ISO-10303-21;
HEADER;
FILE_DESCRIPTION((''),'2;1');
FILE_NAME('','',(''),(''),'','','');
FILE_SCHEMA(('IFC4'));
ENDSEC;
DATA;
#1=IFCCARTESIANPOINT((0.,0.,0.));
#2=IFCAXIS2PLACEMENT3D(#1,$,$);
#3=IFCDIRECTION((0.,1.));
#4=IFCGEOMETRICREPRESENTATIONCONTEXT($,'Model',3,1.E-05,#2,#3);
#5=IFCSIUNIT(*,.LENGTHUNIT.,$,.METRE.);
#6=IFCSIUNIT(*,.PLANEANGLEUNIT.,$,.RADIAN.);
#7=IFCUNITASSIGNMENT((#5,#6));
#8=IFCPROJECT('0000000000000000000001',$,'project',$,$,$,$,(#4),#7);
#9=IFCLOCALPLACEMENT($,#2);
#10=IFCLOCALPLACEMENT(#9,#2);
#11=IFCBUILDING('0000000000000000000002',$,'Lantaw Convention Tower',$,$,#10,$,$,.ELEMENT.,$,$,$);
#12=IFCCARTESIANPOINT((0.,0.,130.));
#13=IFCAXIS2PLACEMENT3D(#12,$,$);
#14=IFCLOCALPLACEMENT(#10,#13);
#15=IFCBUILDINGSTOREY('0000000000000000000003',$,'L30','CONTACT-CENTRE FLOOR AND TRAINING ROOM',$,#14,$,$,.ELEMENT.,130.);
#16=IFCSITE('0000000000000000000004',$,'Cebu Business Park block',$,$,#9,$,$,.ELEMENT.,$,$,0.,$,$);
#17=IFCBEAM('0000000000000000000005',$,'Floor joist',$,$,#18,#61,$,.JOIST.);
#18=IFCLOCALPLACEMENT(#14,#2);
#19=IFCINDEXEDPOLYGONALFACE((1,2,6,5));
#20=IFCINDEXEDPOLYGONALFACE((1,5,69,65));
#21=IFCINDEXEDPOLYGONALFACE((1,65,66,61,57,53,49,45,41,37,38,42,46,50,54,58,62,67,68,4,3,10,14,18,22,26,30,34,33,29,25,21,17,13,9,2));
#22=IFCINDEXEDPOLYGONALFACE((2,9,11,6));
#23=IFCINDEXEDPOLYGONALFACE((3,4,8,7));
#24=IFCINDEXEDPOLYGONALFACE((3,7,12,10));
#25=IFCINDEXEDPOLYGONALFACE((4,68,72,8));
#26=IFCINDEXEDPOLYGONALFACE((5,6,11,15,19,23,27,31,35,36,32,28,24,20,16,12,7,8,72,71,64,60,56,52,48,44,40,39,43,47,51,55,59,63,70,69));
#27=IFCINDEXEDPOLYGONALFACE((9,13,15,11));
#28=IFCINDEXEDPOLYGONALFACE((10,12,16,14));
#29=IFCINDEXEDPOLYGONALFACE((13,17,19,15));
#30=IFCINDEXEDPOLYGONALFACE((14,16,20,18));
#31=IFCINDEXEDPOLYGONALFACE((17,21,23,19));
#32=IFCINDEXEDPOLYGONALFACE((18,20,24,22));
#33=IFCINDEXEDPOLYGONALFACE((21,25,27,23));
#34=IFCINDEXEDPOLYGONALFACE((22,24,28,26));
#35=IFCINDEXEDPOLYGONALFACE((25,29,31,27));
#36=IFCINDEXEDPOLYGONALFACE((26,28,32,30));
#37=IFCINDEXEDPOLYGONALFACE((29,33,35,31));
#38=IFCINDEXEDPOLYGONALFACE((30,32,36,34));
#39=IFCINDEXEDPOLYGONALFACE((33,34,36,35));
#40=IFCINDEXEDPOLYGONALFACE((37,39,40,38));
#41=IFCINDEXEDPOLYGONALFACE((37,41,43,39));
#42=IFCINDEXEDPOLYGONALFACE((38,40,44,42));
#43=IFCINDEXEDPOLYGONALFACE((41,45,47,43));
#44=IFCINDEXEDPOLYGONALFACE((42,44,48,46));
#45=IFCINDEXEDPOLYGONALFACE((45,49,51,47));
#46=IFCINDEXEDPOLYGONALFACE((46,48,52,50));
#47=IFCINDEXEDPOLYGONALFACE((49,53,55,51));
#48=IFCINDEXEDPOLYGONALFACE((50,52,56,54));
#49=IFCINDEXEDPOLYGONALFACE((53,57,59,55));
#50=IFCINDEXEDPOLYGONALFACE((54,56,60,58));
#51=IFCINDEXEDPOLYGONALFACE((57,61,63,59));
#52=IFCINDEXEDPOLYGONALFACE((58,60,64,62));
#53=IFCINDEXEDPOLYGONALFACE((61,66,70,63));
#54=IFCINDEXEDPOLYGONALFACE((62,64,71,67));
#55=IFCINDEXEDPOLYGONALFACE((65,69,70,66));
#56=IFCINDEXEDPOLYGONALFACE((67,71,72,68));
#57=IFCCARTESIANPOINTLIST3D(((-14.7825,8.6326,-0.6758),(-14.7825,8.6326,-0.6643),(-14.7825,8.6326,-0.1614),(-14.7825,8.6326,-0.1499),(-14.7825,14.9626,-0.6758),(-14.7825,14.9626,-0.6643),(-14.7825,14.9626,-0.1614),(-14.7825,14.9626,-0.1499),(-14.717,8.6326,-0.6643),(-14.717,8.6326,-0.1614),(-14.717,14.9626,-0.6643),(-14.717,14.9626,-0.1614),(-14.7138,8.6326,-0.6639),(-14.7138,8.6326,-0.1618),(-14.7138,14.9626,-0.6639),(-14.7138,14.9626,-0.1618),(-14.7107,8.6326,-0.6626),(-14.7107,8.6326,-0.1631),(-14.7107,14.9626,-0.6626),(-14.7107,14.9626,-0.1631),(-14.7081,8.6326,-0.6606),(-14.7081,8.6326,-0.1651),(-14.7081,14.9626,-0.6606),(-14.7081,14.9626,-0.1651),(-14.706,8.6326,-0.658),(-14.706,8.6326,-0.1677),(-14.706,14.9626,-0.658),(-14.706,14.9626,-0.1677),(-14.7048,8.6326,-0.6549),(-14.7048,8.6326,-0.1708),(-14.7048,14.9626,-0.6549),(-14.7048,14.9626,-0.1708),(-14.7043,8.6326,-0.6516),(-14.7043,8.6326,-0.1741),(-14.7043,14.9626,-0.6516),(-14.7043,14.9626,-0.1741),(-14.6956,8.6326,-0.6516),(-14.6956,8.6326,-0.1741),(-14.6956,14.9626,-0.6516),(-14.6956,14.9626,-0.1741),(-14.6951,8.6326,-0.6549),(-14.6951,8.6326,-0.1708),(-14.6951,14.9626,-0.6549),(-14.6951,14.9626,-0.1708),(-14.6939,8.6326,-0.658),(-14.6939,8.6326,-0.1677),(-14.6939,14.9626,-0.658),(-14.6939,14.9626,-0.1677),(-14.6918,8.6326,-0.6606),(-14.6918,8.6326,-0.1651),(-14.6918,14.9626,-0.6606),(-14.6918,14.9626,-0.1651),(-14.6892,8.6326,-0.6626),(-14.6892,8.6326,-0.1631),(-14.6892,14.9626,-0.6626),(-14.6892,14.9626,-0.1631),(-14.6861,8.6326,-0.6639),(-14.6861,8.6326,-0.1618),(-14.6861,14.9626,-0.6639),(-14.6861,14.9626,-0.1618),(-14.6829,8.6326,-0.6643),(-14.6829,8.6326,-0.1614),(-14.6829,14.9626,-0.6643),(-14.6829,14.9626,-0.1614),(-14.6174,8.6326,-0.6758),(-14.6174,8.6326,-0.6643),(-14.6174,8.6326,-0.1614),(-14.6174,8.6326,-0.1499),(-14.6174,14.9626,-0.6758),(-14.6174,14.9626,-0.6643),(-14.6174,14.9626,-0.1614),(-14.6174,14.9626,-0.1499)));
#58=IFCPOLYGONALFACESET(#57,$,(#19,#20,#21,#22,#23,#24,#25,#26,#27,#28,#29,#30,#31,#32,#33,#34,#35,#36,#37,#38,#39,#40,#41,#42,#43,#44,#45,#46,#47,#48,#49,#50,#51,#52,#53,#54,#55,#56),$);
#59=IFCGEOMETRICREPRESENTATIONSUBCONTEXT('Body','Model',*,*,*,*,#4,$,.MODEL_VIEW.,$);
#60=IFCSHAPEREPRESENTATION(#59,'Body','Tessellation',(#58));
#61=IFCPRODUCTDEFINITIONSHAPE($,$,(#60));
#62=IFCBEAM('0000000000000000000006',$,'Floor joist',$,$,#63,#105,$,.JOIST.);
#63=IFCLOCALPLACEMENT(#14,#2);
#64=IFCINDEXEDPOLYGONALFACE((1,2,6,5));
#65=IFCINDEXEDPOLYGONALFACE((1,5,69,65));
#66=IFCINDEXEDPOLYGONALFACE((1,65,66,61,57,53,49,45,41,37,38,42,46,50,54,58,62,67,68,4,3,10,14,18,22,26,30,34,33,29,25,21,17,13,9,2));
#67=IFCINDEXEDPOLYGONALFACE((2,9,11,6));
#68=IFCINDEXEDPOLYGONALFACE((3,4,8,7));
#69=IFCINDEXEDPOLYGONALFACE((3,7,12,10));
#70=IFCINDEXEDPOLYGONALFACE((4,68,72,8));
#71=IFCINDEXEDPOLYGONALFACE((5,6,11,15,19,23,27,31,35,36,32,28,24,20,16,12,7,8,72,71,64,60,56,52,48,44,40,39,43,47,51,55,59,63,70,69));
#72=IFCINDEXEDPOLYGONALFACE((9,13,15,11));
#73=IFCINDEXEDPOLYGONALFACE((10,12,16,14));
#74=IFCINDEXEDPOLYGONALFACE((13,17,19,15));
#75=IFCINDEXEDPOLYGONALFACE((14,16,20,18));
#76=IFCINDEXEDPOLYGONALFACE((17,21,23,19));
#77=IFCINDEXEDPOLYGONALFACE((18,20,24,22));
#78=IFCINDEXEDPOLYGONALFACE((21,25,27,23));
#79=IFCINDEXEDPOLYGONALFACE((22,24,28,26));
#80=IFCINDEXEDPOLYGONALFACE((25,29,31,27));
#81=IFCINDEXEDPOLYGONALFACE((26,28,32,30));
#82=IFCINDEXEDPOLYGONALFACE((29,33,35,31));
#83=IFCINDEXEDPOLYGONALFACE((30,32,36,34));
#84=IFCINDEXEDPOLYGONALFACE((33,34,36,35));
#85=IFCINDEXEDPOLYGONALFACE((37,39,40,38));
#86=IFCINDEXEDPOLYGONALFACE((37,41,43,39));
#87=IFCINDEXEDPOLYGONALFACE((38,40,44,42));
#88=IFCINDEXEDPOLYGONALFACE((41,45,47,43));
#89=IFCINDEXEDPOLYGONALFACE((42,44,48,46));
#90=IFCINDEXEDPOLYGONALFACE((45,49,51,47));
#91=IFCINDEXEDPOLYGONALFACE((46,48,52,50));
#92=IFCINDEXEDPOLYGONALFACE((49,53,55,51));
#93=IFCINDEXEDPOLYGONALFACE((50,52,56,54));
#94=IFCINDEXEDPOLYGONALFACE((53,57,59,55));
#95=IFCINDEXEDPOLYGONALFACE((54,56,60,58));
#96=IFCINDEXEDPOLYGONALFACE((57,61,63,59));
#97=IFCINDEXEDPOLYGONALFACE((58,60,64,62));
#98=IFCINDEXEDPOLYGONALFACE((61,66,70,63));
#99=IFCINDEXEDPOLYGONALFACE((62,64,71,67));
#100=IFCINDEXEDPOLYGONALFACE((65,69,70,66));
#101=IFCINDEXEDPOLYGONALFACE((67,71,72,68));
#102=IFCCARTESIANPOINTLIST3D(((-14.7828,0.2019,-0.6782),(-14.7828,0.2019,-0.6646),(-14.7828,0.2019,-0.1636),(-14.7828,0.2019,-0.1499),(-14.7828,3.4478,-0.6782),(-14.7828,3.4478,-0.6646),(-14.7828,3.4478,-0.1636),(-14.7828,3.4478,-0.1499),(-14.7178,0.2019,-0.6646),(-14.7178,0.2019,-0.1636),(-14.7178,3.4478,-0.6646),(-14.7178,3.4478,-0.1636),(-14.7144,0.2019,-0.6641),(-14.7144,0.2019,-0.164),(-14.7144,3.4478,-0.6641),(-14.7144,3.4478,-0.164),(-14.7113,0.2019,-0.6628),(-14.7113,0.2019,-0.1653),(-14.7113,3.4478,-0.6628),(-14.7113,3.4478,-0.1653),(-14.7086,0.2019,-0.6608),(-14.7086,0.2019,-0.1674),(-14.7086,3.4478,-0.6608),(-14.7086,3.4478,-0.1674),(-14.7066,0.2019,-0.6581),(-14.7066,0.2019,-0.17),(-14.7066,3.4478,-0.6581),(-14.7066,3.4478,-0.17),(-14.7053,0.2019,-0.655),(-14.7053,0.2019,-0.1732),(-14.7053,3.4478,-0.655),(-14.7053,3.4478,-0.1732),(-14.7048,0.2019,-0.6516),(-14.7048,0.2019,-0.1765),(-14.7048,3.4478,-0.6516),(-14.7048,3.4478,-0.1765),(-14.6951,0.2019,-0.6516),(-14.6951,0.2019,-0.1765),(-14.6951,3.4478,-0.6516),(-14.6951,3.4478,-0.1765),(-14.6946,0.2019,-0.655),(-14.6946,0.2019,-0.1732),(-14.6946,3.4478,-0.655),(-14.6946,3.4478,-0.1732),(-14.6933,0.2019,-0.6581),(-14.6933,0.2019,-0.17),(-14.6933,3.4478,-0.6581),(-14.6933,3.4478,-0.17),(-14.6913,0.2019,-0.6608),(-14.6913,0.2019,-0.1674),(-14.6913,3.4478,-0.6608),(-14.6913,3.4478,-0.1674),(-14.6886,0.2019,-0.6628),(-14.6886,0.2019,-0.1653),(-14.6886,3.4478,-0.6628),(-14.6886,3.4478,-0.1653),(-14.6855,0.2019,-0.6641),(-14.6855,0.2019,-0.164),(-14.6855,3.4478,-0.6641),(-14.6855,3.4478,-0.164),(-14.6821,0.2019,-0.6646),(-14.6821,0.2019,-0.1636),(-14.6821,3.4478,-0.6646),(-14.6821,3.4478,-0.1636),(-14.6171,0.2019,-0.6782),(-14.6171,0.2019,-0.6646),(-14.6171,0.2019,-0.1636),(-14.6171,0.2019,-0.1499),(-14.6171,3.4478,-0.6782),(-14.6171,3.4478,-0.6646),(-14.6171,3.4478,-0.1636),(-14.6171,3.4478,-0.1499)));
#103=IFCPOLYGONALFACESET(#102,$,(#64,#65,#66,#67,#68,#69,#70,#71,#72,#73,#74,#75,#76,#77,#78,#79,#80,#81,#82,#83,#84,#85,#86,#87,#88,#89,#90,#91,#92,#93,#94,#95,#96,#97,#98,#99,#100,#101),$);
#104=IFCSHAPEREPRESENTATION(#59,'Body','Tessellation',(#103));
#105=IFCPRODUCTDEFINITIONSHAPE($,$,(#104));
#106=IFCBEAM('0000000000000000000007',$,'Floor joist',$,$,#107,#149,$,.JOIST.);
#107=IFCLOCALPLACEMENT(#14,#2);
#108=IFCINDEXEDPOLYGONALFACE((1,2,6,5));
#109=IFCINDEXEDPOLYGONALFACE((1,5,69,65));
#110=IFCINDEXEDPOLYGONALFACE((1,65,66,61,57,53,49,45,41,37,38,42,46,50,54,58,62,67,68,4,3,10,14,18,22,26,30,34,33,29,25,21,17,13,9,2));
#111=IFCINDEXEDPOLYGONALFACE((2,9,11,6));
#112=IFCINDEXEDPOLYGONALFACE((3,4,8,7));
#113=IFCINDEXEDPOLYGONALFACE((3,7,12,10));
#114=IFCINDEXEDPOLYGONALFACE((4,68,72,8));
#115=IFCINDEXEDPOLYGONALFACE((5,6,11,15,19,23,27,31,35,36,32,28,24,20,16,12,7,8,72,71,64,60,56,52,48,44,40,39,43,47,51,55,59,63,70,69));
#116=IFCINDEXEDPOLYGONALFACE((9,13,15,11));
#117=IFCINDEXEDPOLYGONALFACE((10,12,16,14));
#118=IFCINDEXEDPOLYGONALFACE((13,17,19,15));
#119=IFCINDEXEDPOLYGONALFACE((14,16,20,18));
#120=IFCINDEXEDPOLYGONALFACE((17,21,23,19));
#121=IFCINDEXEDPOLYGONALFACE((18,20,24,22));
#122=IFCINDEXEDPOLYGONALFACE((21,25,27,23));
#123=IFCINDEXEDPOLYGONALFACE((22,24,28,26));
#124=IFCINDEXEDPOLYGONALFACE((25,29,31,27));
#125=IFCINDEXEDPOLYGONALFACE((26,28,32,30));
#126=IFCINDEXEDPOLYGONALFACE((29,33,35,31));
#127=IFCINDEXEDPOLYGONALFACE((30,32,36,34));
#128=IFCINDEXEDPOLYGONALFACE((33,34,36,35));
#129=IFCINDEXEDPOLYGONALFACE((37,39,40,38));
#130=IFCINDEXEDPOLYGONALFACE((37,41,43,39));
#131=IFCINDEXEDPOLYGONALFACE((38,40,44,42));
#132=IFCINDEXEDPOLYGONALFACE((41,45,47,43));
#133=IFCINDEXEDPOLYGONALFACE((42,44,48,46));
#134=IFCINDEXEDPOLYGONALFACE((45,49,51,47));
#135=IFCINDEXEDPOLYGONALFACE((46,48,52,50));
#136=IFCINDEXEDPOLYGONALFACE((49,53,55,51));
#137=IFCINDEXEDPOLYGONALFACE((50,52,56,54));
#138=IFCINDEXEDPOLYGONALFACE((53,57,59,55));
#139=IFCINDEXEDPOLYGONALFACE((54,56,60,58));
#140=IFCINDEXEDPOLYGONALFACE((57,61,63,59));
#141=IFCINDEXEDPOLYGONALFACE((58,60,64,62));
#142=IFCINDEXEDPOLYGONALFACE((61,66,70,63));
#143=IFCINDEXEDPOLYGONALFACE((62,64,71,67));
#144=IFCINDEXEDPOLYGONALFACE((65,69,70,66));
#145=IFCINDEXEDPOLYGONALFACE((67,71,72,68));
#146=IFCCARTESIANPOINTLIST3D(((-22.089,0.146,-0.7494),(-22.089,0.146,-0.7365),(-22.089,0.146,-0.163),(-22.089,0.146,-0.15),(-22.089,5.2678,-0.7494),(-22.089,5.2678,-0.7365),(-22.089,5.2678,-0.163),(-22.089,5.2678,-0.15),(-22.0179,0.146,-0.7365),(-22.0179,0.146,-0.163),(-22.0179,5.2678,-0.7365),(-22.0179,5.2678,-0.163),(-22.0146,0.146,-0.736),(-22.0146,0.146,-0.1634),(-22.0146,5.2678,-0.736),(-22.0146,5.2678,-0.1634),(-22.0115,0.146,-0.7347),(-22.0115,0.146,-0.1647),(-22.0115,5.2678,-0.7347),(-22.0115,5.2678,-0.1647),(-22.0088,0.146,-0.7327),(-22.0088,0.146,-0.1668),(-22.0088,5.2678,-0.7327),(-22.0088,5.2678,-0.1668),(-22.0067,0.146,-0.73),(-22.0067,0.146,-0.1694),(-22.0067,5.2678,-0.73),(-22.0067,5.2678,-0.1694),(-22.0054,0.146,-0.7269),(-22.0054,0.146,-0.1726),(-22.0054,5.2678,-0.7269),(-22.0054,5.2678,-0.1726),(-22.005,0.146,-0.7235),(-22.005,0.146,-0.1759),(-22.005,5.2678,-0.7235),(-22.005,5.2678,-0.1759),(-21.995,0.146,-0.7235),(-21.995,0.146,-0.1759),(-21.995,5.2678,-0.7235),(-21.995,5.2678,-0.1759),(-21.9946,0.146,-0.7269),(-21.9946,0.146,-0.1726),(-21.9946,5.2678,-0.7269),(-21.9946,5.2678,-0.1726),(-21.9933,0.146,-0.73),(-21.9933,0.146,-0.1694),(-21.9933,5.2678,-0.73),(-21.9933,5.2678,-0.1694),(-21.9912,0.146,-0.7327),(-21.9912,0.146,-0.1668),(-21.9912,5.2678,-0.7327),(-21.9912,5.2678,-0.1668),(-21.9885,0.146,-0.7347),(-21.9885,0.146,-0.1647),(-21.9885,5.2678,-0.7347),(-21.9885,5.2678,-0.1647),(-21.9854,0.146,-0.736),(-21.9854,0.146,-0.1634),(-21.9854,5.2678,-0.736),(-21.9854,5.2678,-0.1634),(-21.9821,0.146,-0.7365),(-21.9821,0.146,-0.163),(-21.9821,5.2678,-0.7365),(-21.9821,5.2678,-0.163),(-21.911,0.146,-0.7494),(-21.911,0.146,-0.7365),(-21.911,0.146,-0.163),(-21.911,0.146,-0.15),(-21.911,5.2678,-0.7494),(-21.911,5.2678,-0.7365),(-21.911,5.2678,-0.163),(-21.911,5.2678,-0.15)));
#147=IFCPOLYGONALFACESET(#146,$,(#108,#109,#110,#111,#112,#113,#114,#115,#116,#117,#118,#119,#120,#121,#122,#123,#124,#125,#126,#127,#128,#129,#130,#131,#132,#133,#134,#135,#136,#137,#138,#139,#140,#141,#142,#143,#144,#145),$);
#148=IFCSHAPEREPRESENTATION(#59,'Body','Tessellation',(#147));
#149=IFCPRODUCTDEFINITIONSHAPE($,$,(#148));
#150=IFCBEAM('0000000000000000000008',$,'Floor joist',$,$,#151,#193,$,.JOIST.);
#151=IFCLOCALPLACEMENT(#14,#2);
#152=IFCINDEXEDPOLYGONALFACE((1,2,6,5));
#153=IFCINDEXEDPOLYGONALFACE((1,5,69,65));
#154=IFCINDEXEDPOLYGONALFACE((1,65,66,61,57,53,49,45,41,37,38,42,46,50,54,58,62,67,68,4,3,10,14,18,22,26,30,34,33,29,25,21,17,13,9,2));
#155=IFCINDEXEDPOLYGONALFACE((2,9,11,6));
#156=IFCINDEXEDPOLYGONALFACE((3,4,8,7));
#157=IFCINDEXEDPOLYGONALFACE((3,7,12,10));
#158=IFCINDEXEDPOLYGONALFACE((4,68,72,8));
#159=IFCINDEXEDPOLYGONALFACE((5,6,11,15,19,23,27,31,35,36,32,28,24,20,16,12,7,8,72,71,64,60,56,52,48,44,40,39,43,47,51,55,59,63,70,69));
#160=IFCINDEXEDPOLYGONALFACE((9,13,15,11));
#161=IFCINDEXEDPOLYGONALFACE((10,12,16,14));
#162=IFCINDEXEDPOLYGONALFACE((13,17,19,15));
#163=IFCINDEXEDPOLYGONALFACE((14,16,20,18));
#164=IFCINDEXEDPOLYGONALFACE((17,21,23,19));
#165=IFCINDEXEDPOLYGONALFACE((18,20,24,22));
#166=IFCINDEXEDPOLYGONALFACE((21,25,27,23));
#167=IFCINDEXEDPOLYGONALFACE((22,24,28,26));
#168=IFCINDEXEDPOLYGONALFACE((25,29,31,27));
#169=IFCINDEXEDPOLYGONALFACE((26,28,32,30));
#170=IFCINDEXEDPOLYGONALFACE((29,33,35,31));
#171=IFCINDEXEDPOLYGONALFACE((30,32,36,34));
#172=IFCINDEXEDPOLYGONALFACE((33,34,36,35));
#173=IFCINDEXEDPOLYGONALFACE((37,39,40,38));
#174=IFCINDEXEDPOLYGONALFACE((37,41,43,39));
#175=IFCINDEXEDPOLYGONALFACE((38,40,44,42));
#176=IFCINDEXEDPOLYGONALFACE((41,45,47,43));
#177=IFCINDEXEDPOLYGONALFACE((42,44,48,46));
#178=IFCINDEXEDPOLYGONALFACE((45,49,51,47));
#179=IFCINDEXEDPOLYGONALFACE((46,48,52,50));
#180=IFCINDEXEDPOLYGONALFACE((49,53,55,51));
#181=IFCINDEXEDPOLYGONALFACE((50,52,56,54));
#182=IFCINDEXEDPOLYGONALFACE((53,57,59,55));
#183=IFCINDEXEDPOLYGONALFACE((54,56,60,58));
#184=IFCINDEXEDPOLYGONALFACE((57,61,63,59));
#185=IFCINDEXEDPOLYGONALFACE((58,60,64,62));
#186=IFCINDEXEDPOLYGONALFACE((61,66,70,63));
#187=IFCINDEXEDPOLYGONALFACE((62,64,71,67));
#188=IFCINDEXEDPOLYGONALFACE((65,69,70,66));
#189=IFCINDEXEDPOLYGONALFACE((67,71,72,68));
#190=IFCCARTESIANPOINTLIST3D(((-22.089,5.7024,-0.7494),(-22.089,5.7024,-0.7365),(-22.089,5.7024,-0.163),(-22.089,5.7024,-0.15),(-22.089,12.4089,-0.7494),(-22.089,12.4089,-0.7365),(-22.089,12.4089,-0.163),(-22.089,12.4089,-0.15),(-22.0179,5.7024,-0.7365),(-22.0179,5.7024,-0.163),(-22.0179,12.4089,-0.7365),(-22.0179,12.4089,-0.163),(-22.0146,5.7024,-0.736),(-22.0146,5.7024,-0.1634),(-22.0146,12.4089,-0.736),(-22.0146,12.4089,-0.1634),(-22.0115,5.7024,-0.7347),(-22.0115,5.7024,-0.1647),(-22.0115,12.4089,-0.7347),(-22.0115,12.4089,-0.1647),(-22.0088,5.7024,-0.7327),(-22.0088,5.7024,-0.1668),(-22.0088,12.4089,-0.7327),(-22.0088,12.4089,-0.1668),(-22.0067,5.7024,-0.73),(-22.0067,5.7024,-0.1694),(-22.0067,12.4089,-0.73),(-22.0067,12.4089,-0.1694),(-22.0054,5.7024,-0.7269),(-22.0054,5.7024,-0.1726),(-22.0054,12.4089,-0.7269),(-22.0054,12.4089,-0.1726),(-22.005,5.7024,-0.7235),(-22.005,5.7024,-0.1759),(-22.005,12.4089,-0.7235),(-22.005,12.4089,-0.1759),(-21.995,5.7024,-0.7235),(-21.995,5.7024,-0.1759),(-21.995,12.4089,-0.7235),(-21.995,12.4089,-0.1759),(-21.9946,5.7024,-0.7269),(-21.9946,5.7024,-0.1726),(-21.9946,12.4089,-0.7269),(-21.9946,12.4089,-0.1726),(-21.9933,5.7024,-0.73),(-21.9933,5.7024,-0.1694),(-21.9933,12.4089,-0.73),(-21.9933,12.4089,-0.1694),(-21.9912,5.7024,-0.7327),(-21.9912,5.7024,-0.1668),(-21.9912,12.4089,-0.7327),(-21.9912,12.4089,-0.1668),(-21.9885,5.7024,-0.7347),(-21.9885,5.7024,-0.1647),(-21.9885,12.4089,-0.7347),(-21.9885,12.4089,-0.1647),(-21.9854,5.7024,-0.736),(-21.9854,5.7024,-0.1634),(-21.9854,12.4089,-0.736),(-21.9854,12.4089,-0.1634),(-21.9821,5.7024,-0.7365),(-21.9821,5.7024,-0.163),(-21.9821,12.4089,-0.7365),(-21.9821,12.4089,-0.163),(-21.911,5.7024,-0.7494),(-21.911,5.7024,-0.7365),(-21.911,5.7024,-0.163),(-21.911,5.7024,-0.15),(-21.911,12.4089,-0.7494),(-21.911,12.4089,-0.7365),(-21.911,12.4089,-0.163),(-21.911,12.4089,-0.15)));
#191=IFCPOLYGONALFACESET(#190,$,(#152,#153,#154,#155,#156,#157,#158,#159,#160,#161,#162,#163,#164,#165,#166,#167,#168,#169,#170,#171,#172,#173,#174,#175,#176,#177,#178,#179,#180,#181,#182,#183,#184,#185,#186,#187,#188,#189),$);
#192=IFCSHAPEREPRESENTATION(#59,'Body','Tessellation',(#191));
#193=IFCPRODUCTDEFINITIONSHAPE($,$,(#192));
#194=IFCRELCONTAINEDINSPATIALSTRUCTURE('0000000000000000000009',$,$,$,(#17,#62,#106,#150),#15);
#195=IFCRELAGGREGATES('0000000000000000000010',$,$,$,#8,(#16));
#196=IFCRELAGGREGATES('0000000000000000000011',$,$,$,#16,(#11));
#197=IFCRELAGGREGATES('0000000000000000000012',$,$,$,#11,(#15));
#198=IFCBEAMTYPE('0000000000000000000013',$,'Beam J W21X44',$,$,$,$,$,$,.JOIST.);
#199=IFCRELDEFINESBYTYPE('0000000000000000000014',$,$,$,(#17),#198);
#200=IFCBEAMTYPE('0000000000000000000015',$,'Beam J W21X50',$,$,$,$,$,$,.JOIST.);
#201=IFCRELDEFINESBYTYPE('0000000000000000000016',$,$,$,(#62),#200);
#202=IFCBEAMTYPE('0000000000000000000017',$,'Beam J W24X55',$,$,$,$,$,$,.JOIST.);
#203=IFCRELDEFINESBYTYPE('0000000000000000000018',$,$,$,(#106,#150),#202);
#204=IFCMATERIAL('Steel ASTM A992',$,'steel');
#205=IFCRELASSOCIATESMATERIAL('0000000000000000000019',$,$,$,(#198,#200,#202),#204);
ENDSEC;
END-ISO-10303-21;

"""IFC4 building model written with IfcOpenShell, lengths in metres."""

from ifc_helpers import new_model, si_unit, direction, frame, origin, origin_2d, place, context, subcontext, project, spatial, i_section, extrude, material, material_profile, profile_set, type_object, element, save


model = new_model("IFC4")

# Units and contexts
model_context = context("Model", 3, precision=1e-05, world=origin(), true_north=direction((0.0, 1.0)))
body_context = subcontext(model_context, "Body", "Model", "MODEL_VIEW")
ifc_project = project(units=[si_unit("LENGTHUNIT", "METRE"), si_unit("PLANEANGLEUNIT", "RADIAN")], contexts=[model_context])

# Site, building, storey
site_placement = place(None, origin())
site = spatial("IfcSite", under=ifc_project, at=site_placement, Name="Cebu Business Park block", CompositionType="ELEMENT", RefElevation=0.0)
building_placement = place(site_placement, origin())
building = spatial("IfcBuilding", under=site, at=building_placement, Name="Lantaw Convention Tower", CompositionType="ELEMENT")
storey_placement = place(building_placement, frame((0.0, 0.0, 130.0)))
storey = spatial("IfcBuildingStorey", under=building, at=storey_placement, Name="L30", Description="CONTACT-CENTRE FLOOR AND TRAINING ROOM", CompositionType="ELEMENT", Elevation=130.0)

# Beams
ifc_material_1 = material(Name="Steel ASTM A992", Category="steel")
ifc_material_profile_1 = material_profile(ifc_material_1, i_section(OverallWidth=0.165, OverallDepth=0.5259, WebThickness=0.0088, FlangeThickness=0.0115, FilletRadius=0.0127, at=origin_2d()), Name="W21X44")
ifc_profile_set_1 = profile_set([ifc_material_profile_1], Name="Steel ASTM A992")
beam_type_1 = type_object("IfcBeamType", Name="Beam J W21X44", PredefinedType="JOIST", material=ifc_profile_set_1)
beam_1_placement = place(storey_placement, frame((-14.7, 8.6326, -0.4128), z_axis=(0.0, 1.0, 0.0), x_axis=(-1.0, 0.0, 0.0)))
element("IfcBeam", 1, at=beam_1_placement, inside=storey, type_object=beam_type_1, Name="Floor joist", PredefinedType="JOIST", context=body_context, shape_type="SweptSolid", body=[
    extrude(i_section(OverallWidth=0.165, OverallDepth=0.5259, WebThickness=0.0088, FlangeThickness=0.0115, FilletRadius=0.0127, at=origin_2d()), origin(), (0.0, 0.0, 1.0), 6.3301),
])
ifc_material_profile_2 = material_profile(ifc_material_1, i_section(OverallWidth=0.1658, OverallDepth=0.5283, WebThickness=0.0098, FlangeThickness=0.0137, FilletRadius=0.0129, at=origin_2d()), Name="W21X50")
ifc_profile_set_2 = profile_set([ifc_material_profile_2], Name="Steel ASTM A992")
beam_type_2 = type_object("IfcBeamType", Name="Beam J W21X50", PredefinedType="JOIST", material=ifc_profile_set_2)
beam_2_placement = place(storey_placement, frame((-14.7, 0.2019, -0.4141), z_axis=(0.0, 1.0, 0.0), x_axis=(-1.0, 0.0, 0.0)))
element("IfcBeam", 2, at=beam_2_placement, inside=storey, type_object=beam_type_2, Name="Floor joist", PredefinedType="JOIST", context=body_context, shape_type="SweptSolid", body=[
    extrude(i_section(OverallWidth=0.1658, OverallDepth=0.5283, WebThickness=0.0098, FlangeThickness=0.0137, FilletRadius=0.0129, at=origin_2d()), origin(), (0.0, 0.0, 1.0), 3.2458),
])
ifc_material_profile_3 = material_profile(ifc_material_1, i_section(OverallWidth=0.178, OverallDepth=0.5994, WebThickness=0.01, FlangeThickness=0.0129, FilletRadius=0.0129, at=origin_2d()), Name="W24X55")
ifc_profile_set_3 = profile_set([ifc_material_profile_3], Name="Steel ASTM A992")
beam_type_3 = type_object("IfcBeamType", Name="Beam J W24X55", PredefinedType="JOIST", material=ifc_profile_set_3)
beam_3_placement = place(storey_placement, frame((-22.0, 0.146, -0.4497), z_axis=(0.0, 1.0, 0.0), x_axis=(-1.0, 0.0, 0.0)))
element("IfcBeam", 3, at=beam_3_placement, inside=storey, type_object=beam_type_3, Name="Floor joist", PredefinedType="JOIST", context=body_context, shape_type="SweptSolid", body=[
    extrude(i_section(OverallWidth=0.178, OverallDepth=0.5994, WebThickness=0.01, FlangeThickness=0.0129, FilletRadius=0.0129, at=origin_2d()), origin(), (0.0, 0.0, 1.0), 5.1218),
])
beam_4_placement = place(storey_placement, frame((-22.0, 5.7024, -0.4497), z_axis=(0.0, 1.0, 0.0), x_axis=(-1.0, 0.0, 0.0)))
element("IfcBeam", 4, at=beam_4_placement, inside=storey, type_object=beam_type_3, Name="Floor joist", PredefinedType="JOIST", context=body_context, shape_type="SweptSolid", body=[
    extrude(i_section(OverallWidth=0.178, OverallDepth=0.5994, WebThickness=0.01, FlangeThickness=0.0129, FilletRadius=0.0129, at=origin_2d()), origin(), (0.0, 0.0, 1.0), 6.7065),
])

save(model, "model.ifc")
